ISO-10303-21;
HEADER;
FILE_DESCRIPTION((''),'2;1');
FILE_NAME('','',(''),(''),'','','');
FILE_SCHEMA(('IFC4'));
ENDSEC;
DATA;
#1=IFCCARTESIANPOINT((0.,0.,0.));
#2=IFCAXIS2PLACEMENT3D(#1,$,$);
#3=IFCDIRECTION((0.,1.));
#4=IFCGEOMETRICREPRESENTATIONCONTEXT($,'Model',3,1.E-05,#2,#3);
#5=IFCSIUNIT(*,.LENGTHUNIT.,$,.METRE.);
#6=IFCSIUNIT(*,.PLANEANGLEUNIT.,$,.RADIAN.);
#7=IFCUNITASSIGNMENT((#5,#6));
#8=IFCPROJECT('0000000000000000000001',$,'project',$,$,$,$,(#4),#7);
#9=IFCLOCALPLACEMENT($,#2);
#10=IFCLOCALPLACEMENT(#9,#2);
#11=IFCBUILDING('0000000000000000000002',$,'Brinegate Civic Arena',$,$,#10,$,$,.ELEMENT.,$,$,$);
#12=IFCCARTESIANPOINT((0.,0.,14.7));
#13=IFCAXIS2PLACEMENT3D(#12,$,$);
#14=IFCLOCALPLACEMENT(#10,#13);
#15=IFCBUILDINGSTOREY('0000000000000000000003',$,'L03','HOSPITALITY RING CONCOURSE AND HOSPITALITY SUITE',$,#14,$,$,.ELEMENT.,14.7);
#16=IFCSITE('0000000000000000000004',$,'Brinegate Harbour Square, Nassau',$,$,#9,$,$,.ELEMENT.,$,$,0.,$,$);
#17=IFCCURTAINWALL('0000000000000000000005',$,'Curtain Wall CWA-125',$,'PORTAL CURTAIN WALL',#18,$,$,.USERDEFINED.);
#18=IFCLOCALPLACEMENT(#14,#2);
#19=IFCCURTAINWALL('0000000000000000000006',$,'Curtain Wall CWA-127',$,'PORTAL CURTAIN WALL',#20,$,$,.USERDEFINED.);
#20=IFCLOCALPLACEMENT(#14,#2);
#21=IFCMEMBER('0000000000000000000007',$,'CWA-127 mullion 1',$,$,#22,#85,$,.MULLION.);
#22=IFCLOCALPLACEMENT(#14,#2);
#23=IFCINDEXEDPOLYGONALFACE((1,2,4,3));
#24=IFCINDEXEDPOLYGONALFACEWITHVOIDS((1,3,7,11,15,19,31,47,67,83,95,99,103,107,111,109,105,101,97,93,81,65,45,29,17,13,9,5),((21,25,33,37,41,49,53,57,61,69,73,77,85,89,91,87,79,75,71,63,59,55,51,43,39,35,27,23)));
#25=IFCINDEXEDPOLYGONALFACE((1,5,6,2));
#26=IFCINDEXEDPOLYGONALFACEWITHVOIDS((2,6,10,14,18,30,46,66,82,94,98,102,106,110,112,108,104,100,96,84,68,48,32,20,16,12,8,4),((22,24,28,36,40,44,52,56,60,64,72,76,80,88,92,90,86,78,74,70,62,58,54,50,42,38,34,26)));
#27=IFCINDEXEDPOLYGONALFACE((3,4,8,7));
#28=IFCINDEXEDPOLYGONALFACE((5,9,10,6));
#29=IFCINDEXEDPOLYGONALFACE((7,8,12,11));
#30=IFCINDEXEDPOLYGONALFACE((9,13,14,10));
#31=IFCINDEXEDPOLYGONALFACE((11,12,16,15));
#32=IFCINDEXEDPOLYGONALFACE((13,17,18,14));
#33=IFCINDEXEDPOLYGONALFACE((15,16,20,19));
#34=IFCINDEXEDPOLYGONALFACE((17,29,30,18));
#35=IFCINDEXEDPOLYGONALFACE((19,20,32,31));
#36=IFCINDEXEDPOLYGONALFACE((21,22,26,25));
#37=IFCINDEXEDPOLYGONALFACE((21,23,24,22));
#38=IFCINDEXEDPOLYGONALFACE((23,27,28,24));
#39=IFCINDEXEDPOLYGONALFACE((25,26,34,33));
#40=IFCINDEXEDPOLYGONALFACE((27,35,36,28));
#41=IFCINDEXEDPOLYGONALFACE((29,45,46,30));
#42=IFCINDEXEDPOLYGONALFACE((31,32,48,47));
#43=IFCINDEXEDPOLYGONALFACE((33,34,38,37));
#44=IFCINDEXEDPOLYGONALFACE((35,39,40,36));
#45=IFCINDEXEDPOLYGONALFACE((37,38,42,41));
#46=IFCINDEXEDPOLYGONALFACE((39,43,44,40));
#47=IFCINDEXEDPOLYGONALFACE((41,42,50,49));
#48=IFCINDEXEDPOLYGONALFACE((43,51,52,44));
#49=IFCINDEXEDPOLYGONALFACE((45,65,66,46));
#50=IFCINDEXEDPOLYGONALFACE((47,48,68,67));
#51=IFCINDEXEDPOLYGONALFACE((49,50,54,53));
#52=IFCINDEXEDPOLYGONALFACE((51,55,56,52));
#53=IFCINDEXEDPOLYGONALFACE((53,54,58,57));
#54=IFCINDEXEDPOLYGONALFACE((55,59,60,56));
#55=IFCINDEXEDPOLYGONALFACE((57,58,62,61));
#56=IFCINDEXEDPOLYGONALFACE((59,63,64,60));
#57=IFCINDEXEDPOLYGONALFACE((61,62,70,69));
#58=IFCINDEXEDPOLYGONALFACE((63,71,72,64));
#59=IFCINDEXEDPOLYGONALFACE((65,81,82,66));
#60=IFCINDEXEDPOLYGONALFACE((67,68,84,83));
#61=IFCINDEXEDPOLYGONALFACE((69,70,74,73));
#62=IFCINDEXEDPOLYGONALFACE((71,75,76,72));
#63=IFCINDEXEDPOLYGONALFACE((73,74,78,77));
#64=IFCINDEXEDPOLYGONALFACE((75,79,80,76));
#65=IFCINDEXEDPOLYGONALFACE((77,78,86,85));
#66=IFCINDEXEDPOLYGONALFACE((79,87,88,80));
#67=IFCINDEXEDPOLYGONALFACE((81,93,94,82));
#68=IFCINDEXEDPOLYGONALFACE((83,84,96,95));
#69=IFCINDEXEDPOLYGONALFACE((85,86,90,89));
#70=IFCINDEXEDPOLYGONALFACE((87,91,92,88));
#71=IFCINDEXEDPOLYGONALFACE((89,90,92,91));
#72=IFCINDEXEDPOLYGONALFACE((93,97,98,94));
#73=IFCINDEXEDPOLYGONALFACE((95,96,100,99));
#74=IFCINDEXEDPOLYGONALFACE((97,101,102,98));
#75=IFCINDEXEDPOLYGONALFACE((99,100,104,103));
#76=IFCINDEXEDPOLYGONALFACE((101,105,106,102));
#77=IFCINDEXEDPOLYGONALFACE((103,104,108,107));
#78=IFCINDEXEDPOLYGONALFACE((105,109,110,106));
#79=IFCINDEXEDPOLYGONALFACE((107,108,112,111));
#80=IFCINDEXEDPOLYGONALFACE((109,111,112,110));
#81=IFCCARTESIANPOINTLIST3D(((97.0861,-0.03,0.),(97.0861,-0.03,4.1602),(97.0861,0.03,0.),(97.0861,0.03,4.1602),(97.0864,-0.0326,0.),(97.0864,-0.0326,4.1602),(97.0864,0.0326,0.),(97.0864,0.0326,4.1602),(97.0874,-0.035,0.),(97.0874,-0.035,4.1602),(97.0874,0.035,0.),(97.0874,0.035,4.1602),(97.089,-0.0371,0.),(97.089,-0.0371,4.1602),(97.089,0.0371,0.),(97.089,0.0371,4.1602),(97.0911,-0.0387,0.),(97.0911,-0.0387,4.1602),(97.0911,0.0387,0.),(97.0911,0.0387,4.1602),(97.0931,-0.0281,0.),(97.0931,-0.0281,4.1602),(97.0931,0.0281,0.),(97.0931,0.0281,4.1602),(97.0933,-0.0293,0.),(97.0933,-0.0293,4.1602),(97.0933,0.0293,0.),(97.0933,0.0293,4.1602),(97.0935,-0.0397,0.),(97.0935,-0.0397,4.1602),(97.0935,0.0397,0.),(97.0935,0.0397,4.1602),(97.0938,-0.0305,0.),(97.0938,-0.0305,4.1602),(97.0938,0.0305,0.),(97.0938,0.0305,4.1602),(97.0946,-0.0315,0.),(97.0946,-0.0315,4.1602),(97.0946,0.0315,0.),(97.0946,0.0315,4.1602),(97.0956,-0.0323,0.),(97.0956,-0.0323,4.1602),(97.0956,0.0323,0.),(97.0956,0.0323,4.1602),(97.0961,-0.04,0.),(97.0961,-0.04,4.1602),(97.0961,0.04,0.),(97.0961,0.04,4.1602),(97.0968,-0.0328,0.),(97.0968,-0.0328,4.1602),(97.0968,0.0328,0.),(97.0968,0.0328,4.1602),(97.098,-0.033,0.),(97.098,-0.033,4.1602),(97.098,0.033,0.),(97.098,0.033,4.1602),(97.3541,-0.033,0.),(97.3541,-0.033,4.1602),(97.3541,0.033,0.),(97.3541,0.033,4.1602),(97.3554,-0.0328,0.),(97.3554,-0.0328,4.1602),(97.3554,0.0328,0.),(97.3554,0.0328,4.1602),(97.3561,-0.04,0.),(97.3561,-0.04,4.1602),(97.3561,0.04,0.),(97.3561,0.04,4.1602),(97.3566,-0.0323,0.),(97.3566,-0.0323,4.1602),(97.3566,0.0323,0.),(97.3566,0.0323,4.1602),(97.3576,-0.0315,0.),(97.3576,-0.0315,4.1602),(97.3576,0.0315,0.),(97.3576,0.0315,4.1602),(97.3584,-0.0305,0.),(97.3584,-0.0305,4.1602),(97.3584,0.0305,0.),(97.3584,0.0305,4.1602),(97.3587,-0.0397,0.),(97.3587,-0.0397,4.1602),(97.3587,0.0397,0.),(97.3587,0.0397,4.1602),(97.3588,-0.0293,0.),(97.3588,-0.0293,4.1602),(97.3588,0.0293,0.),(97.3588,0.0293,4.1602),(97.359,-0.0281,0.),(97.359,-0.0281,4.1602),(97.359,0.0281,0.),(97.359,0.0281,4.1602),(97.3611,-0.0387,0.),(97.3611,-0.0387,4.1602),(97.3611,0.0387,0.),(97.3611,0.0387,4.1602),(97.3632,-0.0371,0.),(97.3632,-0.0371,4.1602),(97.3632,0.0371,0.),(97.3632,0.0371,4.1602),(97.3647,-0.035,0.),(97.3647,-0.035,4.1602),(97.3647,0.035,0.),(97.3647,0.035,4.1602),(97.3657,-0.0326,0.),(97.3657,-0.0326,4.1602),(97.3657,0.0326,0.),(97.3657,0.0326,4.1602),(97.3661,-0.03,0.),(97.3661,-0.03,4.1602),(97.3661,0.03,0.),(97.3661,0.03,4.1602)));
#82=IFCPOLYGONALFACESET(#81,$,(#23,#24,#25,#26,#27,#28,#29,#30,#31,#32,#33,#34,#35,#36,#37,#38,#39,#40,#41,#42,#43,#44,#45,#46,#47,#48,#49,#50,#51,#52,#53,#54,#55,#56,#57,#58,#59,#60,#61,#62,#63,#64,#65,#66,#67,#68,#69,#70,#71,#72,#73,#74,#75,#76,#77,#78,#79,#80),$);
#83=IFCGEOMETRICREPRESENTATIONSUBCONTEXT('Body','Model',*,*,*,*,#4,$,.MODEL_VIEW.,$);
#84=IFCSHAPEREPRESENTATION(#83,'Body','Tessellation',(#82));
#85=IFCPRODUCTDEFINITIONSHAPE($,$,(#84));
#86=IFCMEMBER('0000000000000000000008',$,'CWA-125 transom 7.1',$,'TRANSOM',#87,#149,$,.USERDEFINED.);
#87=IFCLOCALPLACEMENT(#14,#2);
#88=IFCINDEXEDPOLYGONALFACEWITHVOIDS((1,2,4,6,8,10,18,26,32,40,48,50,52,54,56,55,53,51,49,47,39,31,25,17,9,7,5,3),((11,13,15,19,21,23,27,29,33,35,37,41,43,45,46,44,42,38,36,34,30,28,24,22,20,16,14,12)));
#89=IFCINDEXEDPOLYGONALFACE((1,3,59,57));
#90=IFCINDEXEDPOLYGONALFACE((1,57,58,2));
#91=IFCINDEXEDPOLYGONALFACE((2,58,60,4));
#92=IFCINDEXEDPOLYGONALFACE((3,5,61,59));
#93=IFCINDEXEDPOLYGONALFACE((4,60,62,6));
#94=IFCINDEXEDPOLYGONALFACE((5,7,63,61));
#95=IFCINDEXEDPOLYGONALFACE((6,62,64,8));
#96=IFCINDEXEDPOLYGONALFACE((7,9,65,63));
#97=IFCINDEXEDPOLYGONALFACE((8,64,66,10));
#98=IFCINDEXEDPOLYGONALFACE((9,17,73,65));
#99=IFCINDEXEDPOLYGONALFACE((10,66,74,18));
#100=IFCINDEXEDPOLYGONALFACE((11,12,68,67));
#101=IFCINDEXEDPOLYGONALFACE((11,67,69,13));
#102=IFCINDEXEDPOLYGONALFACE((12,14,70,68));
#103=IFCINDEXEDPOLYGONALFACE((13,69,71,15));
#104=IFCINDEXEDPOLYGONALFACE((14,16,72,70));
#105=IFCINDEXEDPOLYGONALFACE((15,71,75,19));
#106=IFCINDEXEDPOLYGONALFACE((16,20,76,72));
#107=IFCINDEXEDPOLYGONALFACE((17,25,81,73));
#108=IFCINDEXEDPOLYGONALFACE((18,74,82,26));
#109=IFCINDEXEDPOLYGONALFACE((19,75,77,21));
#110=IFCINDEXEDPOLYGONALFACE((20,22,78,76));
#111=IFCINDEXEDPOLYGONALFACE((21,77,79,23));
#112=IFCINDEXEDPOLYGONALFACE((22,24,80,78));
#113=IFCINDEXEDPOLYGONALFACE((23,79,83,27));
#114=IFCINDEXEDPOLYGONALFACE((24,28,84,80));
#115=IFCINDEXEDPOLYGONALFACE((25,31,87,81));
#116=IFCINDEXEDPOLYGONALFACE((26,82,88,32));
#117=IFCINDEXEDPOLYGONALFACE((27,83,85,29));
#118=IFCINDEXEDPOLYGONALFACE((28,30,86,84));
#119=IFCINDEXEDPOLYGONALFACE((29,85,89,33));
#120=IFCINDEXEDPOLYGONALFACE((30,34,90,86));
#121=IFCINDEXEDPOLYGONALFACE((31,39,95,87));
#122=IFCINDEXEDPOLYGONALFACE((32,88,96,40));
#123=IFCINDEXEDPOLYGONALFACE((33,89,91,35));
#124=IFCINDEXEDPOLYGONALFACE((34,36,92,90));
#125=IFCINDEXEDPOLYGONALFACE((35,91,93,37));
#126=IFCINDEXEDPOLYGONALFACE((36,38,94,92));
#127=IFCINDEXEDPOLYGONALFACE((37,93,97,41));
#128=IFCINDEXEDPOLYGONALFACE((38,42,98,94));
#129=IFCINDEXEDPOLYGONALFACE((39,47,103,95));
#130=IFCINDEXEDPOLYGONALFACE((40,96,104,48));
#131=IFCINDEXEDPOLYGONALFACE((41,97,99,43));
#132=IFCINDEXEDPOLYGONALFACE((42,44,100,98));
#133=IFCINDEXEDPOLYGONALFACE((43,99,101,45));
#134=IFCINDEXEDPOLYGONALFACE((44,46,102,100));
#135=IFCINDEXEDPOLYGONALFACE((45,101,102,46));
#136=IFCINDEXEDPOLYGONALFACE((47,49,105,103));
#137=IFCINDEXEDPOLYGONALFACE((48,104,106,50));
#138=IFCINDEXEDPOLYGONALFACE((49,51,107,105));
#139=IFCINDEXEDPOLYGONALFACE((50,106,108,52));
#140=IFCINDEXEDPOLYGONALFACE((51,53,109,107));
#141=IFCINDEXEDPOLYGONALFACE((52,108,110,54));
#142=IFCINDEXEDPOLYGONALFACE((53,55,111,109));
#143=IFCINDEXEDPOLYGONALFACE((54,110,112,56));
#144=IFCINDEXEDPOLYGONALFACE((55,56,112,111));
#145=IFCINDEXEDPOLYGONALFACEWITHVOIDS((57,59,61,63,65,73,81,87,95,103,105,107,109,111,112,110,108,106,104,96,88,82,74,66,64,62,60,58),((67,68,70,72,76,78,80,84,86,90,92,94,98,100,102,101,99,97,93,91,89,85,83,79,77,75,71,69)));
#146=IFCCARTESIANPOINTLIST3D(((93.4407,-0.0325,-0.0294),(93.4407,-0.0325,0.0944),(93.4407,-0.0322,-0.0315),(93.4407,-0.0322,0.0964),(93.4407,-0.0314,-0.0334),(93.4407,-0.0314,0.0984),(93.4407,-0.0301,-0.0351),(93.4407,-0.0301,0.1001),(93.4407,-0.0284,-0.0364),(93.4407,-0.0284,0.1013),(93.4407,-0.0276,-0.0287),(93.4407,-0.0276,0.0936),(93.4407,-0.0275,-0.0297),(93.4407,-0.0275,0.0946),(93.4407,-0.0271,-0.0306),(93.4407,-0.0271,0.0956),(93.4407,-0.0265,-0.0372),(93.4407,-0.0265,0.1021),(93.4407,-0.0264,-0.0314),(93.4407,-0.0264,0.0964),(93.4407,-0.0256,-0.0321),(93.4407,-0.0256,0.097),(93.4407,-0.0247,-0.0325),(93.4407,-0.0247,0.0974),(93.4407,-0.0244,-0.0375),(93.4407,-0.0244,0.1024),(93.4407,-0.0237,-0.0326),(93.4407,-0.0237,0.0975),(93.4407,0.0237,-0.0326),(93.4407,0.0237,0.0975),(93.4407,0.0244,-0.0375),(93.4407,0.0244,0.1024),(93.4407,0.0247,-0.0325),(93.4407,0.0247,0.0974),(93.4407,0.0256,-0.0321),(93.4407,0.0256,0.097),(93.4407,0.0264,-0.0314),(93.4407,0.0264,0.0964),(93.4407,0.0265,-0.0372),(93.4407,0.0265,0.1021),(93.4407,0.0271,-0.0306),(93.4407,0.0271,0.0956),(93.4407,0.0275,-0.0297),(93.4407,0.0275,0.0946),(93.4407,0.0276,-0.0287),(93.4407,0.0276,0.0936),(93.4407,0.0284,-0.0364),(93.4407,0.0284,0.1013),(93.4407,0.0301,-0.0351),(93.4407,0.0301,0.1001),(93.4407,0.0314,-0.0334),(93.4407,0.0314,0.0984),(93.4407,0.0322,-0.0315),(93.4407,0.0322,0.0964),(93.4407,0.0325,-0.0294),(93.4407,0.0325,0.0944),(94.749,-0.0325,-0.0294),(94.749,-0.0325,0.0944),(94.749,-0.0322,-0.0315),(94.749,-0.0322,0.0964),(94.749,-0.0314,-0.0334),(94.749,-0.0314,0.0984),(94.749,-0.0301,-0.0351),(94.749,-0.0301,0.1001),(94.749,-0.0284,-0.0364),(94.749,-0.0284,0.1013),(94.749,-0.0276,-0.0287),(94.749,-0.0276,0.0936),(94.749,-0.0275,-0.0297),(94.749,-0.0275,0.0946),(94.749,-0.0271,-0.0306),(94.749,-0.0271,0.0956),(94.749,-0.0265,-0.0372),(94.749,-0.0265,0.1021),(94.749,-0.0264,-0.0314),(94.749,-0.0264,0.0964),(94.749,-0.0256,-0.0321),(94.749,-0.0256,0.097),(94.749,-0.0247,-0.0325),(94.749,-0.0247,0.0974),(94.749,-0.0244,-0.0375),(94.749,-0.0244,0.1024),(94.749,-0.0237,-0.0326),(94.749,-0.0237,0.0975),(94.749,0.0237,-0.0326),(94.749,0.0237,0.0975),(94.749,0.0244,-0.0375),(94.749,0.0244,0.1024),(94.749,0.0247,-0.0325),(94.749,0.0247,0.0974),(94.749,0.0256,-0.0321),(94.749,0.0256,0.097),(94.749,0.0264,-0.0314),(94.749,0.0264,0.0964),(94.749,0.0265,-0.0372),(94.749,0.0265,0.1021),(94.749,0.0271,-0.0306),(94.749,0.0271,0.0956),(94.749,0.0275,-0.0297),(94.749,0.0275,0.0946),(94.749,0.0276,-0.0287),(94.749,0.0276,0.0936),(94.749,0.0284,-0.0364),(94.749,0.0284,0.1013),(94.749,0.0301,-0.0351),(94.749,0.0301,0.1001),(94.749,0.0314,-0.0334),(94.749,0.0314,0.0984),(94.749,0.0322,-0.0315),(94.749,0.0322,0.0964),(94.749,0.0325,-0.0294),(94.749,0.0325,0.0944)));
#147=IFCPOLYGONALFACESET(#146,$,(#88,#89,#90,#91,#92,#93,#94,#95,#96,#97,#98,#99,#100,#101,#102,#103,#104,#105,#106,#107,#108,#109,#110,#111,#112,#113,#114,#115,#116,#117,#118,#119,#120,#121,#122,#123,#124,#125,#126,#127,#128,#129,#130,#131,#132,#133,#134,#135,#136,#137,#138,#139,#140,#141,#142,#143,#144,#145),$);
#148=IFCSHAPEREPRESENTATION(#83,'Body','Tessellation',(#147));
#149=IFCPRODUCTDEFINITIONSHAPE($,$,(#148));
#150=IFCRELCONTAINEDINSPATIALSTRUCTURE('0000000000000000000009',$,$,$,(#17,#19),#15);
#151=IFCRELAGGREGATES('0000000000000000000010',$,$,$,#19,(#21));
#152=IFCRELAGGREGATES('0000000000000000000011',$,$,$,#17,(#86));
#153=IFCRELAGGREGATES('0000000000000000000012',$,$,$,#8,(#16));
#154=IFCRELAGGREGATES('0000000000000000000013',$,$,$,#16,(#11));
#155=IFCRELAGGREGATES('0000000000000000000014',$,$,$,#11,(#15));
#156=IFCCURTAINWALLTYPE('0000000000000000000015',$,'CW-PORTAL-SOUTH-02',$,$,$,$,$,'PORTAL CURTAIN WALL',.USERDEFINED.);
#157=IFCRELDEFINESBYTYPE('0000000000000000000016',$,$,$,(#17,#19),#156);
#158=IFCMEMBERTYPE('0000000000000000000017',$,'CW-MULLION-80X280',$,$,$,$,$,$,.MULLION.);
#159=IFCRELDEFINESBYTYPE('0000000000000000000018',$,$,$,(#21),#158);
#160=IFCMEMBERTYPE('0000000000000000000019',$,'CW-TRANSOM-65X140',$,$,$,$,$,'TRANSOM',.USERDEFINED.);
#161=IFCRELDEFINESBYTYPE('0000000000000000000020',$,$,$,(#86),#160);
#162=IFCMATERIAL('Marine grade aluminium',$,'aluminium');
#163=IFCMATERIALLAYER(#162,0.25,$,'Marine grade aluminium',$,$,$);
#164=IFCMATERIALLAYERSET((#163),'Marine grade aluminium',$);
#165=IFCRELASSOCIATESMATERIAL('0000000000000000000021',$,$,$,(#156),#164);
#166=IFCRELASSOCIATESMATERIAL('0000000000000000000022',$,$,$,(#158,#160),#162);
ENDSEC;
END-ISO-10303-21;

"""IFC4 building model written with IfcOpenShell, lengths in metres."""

from ifc_helpers import new_model, si_unit, direction, frame, origin, origin_2d, place, context, subcontext, project, spatial, hollow_rectangle, extrude, material, layer, layer_set, material_profile, profile_set, type_object, element, aggregate, save


model = new_model("IFC4")

# Units and contexts
model_context = context("Model", 3, precision=1e-05, world=origin(), true_north=direction((0.0, 1.0)))
body_context = subcontext(model_context, "Body", "Model", "MODEL_VIEW")
ifc_project = project(units=[si_unit("LENGTHUNIT", "METRE"), si_unit("PLANEANGLEUNIT", "RADIAN")], contexts=[model_context])

# Site, building, storey
site_placement = place(None, origin())
site = spatial("IfcSite", under=ifc_project, at=site_placement, Name="Brinegate Harbour Square, Nassau", CompositionType="ELEMENT", RefElevation=0.0)
building_placement = place(site_placement, origin())
building = spatial("IfcBuilding", under=site, at=building_placement, Name="Brinegate Civic Arena", CompositionType="ELEMENT")
storey_placement = place(building_placement, frame((0.0, 0.0, 14.7)))
storey = spatial("IfcBuildingStorey", under=building, at=storey_placement, Name="L03", Description="HOSPITALITY RING CONCOURSE AND HOSPITALITY SUITE", CompositionType="ELEMENT", Elevation=14.7)

# Curtain wall
ifc_material_1 = material(Name="Marine grade aluminium", Category="aluminium")
ifc_layer_1 = layer(ifc_material_1, 0.25, Name="Marine grade aluminium")
ifc_layer_set_1 = layer_set([ifc_layer_1], Name="Marine grade aluminium")
curtain_wall_type = type_object("IfcCurtainWallType", Name="CW-PORTAL-SOUTH-02", ElementType="PORTAL CURTAIN WALL", PredefinedType="USERDEFINED", material=ifc_layer_set_1)
curtain_wall_1_placement = place(storey_placement, origin())
curtain_wall_1 = element("IfcCurtainWall", 1, at=curtain_wall_1_placement, inside=storey, type_object=curtain_wall_type, Name="Curtain Wall CWA-125", ObjectType="PORTAL CURTAIN WALL", PredefinedType="USERDEFINED")

# Curtain wall, member
curtain_wall_2_placement = place(storey_placement, origin())
curtain_wall_2 = element("IfcCurtainWall", 2, at=curtain_wall_2_placement, inside=storey, type_object=curtain_wall_type, Name="Curtain Wall CWA-127", ObjectType="PORTAL CURTAIN WALL", PredefinedType="USERDEFINED")
ifc_material_profile_1 = material_profile(ifc_material_1, hollow_rectangle(XDim=0.0801, YDim=0.28, WallThickness=0.0071, InnerFilletRadius=0.0049, OuterFilletRadius=0.01, at=origin_2d()), Name="MUL80X280")
ifc_profile_set_1 = profile_set([ifc_material_profile_1], Name="Marine grade aluminium")
member_type_1 = type_object("IfcMemberType", Name="CW-MULLION-80X280", PredefinedType="MULLION", material=ifc_profile_set_1)
member_1_placement = place(storey_placement, frame((97.2261, 0.0, 0.0), z_axis=(0.0, 0.0, 1.0), x_axis=(0.0, 1.0, 0.0)))
member_1 = element("IfcMember", 3, at=member_1_placement, type_object=member_type_1, Name="CWA-127 mullion 1", PredefinedType="MULLION", context=body_context, shape_type="SweptSolid", body=[
    extrude(hollow_rectangle(XDim=0.0801, YDim=0.28, WallThickness=0.0071, InnerFilletRadius=0.0049, OuterFilletRadius=0.01, at=origin_2d()), origin(), (0.0, 0.0, 1.0), 4.1602),
])

# Member
ifc_material_profile_2 = material_profile(ifc_material_1, hollow_rectangle(XDim=0.0649, YDim=0.1399, WallThickness=0.0049, InnerFilletRadius=0.0039, OuterFilletRadius=0.0081, at=origin_2d()), Name="TRN65X140")
ifc_profile_set_2 = profile_set([ifc_material_profile_2], Name="Marine grade aluminium")
member_type_2 = type_object("IfcMemberType", Name="CW-TRANSOM-65X140", ElementType="TRANSOM", PredefinedType="USERDEFINED", material=ifc_profile_set_2)
member_2_placement = place(storey_placement, frame((93.4407, 0.0, 0.0325), z_axis=(1.0, 0.0, 0.0), x_axis=(0.0, 1.0, 0.0)))
member_2 = element("IfcMember", 4, at=member_2_placement, type_object=member_type_2, Name="CWA-125 transom 7.1", ObjectType="TRANSOM", PredefinedType="USERDEFINED", context=body_context, shape_type="SweptSolid", body=[
    extrude(hollow_rectangle(XDim=0.0649, YDim=0.1399, WallThickness=0.0049, InnerFilletRadius=0.0039, OuterFilletRadius=0.0081, at=origin_2d()), origin(), (0.0, 0.0, 1.0), 1.3083),
])
aggregate(curtain_wall_2, [member_1])

aggregate(curtain_wall_1, [member_2])

save(model, "model.ifc")
